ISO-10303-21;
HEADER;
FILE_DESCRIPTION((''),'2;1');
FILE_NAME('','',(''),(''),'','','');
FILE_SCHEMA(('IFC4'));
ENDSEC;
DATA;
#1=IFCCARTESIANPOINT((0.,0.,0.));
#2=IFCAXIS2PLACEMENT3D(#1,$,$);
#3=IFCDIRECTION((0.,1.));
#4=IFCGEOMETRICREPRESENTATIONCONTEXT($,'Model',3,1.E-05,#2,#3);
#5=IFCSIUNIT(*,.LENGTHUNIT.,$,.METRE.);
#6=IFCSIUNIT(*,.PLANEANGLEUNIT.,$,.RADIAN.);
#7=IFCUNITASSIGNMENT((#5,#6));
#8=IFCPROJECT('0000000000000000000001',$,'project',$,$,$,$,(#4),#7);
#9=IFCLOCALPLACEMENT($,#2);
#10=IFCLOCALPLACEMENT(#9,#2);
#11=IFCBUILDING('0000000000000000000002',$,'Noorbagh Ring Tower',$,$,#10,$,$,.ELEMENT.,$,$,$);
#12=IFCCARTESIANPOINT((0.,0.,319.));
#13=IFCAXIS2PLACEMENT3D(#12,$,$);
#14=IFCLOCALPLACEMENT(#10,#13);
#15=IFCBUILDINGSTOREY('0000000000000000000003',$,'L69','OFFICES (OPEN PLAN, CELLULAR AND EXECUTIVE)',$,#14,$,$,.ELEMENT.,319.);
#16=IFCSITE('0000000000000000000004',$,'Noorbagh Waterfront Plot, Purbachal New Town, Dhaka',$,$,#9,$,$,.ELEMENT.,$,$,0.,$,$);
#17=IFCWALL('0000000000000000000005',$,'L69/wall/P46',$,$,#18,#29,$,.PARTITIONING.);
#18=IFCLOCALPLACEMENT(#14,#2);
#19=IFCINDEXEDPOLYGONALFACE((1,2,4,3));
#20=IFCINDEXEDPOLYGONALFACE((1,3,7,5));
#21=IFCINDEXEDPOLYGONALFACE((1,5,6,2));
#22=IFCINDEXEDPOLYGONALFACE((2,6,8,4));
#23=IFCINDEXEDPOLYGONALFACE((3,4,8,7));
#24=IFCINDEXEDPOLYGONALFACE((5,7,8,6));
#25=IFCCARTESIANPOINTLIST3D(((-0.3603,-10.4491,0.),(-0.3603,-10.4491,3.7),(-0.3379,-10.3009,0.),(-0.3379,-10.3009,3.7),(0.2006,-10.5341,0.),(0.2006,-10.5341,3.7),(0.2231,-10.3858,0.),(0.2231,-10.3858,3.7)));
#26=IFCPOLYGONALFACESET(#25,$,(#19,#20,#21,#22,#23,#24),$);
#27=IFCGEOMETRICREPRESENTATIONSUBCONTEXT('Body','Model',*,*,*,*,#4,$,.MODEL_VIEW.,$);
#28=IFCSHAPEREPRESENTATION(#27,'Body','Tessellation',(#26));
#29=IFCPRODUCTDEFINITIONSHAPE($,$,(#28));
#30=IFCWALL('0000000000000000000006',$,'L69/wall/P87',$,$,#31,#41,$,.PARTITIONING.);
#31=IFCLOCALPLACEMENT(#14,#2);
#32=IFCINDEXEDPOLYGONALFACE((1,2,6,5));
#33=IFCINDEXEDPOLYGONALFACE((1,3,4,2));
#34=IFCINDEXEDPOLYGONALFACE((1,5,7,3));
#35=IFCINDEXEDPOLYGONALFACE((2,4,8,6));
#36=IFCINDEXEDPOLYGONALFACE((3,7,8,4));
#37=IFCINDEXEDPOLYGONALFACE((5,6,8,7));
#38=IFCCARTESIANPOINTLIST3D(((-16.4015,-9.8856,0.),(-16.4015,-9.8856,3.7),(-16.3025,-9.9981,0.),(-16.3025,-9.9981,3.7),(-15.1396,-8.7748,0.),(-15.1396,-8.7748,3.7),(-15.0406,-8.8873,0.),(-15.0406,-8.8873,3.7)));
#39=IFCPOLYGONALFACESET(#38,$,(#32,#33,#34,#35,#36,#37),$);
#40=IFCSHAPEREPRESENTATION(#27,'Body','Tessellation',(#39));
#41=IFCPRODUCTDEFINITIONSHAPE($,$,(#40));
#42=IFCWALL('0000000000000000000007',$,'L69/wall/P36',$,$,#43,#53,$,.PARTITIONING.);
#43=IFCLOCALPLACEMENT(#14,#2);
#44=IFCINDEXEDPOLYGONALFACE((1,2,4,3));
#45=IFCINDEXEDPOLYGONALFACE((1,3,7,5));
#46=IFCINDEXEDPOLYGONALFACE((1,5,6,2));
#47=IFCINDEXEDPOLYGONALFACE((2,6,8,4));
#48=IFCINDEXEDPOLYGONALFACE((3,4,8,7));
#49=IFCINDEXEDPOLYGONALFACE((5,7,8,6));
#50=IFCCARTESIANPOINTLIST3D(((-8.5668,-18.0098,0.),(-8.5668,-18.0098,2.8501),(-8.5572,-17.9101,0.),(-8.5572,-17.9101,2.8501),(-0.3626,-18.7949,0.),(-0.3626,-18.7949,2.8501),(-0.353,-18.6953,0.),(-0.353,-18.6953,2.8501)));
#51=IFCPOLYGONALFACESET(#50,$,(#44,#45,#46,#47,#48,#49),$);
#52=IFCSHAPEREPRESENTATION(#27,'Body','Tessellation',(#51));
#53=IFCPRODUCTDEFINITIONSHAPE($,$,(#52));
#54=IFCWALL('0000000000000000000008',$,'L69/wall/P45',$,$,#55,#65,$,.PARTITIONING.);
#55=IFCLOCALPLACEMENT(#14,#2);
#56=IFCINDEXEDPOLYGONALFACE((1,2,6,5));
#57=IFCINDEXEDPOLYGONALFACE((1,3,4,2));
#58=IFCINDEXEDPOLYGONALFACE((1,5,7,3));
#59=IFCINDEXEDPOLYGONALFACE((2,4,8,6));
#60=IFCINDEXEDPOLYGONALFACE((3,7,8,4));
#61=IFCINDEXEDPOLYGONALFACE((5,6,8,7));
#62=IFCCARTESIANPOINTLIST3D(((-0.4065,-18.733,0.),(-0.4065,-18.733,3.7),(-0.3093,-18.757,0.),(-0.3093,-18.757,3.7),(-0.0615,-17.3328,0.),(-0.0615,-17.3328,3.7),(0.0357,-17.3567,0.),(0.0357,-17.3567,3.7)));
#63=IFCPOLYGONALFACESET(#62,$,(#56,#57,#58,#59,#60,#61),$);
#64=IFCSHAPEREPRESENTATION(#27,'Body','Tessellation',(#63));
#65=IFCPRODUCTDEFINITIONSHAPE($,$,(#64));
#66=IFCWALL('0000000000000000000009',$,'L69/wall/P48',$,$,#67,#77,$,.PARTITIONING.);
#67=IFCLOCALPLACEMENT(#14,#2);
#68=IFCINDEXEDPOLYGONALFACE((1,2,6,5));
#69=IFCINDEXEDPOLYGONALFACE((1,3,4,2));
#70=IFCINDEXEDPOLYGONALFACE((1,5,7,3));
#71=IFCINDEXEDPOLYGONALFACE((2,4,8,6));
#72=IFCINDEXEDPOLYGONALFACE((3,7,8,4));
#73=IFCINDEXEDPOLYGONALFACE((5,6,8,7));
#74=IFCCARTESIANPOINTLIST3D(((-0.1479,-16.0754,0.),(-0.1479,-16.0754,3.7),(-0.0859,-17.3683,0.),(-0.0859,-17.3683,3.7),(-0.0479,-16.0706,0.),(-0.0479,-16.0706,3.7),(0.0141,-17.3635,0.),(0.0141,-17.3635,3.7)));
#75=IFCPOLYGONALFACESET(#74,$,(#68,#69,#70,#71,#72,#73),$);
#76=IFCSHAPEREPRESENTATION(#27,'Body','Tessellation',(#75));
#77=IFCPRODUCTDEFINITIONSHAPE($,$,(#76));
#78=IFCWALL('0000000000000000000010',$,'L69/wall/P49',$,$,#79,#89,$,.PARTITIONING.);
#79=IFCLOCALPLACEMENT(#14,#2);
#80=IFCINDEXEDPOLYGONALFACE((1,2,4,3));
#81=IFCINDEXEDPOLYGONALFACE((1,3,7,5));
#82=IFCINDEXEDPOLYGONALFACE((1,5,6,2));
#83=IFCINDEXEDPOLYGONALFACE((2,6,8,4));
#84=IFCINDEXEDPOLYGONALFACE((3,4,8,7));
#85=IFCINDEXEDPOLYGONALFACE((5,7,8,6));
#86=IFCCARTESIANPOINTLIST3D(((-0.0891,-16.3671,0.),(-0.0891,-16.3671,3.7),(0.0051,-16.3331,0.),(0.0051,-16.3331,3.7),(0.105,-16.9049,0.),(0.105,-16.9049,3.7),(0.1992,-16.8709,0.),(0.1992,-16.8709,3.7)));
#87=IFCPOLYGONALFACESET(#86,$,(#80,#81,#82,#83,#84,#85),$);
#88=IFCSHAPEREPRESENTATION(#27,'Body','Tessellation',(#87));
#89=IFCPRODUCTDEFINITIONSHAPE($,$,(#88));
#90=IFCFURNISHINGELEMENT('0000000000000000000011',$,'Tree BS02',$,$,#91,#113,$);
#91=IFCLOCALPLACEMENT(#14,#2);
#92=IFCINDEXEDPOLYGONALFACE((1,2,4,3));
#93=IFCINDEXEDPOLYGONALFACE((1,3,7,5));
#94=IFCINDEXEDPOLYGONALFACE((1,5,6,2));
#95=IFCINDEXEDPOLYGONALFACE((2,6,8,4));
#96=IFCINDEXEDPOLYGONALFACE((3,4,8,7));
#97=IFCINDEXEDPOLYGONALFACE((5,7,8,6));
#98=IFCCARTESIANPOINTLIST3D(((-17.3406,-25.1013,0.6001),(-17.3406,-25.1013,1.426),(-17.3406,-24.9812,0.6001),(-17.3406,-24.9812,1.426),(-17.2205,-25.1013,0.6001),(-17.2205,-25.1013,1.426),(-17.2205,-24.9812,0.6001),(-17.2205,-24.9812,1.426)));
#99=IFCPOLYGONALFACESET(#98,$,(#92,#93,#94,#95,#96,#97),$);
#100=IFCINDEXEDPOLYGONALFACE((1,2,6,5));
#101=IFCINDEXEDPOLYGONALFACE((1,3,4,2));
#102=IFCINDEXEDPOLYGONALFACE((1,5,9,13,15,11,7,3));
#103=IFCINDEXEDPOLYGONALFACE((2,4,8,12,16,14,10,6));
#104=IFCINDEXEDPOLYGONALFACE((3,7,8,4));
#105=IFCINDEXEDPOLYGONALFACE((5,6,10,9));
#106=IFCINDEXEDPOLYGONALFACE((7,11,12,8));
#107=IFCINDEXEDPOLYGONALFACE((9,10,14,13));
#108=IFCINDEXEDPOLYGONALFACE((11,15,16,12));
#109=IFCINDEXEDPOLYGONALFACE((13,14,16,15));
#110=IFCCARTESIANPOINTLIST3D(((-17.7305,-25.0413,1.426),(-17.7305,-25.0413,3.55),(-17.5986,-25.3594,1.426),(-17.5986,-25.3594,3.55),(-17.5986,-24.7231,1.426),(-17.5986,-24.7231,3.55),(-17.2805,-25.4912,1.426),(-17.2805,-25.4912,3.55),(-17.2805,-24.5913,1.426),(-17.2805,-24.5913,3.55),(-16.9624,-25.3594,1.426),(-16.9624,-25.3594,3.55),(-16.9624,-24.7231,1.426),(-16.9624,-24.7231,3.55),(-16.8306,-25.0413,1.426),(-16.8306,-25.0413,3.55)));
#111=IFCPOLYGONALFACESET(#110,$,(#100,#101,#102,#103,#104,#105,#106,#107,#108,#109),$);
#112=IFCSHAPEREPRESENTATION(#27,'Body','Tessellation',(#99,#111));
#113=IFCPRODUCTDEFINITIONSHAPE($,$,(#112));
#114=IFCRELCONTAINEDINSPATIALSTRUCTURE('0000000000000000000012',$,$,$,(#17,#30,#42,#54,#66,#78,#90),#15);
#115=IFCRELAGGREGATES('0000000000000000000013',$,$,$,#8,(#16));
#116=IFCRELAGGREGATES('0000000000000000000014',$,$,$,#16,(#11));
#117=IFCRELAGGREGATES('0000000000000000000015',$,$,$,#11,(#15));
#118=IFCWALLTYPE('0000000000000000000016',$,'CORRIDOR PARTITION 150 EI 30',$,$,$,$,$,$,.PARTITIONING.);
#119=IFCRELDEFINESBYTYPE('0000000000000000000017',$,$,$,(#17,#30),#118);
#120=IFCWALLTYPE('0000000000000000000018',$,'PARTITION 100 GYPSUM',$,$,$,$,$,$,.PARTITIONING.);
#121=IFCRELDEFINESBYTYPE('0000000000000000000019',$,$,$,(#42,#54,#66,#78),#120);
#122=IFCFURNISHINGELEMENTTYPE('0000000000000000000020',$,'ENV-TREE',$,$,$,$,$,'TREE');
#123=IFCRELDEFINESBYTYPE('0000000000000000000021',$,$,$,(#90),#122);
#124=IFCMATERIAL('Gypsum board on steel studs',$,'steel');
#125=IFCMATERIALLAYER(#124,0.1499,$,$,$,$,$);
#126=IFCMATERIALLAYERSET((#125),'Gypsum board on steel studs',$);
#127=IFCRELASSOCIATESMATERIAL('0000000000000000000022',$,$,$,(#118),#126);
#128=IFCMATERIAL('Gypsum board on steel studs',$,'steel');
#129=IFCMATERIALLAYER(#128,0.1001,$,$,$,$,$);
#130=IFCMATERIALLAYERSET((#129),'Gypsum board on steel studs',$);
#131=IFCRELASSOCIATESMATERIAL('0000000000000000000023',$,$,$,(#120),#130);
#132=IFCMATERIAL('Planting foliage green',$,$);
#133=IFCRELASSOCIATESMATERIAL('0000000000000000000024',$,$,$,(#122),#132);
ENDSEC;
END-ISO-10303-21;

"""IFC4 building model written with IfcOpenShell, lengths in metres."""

from ifc_helpers import new_model, si_unit, direction, frame, frame_2d, origin, origin_2d, place, context, subcontext, project, spatial, polyline, rectangle, outline, extrude, material, layer, layer_set, type_object, element, save


model = new_model("IFC4")

# Units and contexts
model_context = context("Model", 3, precision=1e-05, world=origin(), true_north=direction((0.0, 1.0)))
body_context = subcontext(model_context, "Body", "Model", "MODEL_VIEW")
ifc_project = project(units=[si_unit("LENGTHUNIT", "METRE"), si_unit("PLANEANGLEUNIT", "RADIAN")], contexts=[model_context])

# Site, building, storey
site_placement = place(None, origin())
site = spatial("IfcSite", under=ifc_project, at=site_placement, Name="Noorbagh Waterfront Plot, Purbachal New Town, Dhaka", CompositionType="ELEMENT", RefElevation=0.0)
building_placement = place(site_placement, origin())
building = spatial("IfcBuilding", under=site, at=building_placement, Name="Noorbagh Ring Tower", CompositionType="ELEMENT")
storey_placement = place(building_placement, frame((0.0, 0.0, 319.0)))
storey = spatial("IfcBuildingStorey", under=building, at=storey_placement, Name="L69", Description="OFFICES (OPEN PLAN, CELLULAR AND EXECUTIVE)", CompositionType="ELEMENT", Elevation=319.0)

# Shared definitions
ifc_material_1 = material(Name="Gypsum board on steel studs", Category="steel")
ifc_layer_1 = layer(ifc_material_1, 0.1499)
ifc_layer_set_1 = layer_set([ifc_layer_1], Name="Gypsum board on steel studs")
wall_type_1 = type_object("IfcWallType", Name="CORRIDOR PARTITION 150 EI 30", PredefinedType="PARTITIONING", material=ifc_layer_set_1)

# Walls
wall_1_placement = place(storey_placement, frame((-0.3491, -10.375, 0.0), z_axis=(0.0, 0.0, 1.0), x_axis=(0.988727, -0.149729, 0.0)))
element("IfcWall", 1, at=wall_1_placement, inside=storey, type_object=wall_type_1, Name="L69/wall/P46", PredefinedType="PARTITIONING", context=body_context, shape_type="SweptSolid", body=[
    extrude(rectangle(XDim=0.5674, YDim=0.1499, at=frame_2d((0.2837, 0.0))), origin(), (0.0, 0.0, 1.0), 3.7),
])
wall_2_placement = place(storey_placement, frame((-15.0901, -8.8311, 0.0), z_axis=(0.0, 0.0, 1.0), x_axis=(-0.750621, -0.660733, 0.0)))
element("IfcWall", 2, at=wall_2_placement, inside=storey, type_object=wall_type_1, Name="L69/wall/P87", PredefinedType="PARTITIONING", context=body_context, shape_type="SweptSolid", body=[
    extrude(rectangle(XDim=1.6812, YDim=0.1499, at=frame_2d((0.8406, 0.0))), origin(), (0.0, 0.0, 1.0), 3.7),
])
ifc_material_2 = material(Name="Gypsum board on steel studs", Category="steel")
ifc_layer_2 = layer(ifc_material_2, 0.1001)
ifc_layer_set_2 = layer_set([ifc_layer_2], Name="Gypsum board on steel studs")
wall_type_2 = type_object("IfcWallType", Name="PARTITION 100 GYPSUM", PredefinedType="PARTITIONING", material=ifc_layer_set_2)
wall_3_placement = place(storey_placement, frame((-8.562, -17.96, 0.0), z_axis=(0.0, 0.0, 1.0), x_axis=(0.995452, -0.095268, 0.0)))
element("IfcWall", 3, at=wall_3_placement, inside=storey, type_object=wall_type_2, Name="L69/wall/P36", PredefinedType="PARTITIONING", context=body_context, shape_type="SweptSolid", body=[
    extrude(rectangle(XDim=8.2417, YDim=0.1001, at=frame_2d((4.1208, 0.0))), origin(), (0.0, 0.0, 1.0), 2.8501),
])
wall_4_placement = place(storey_placement, frame((-0.3579, -18.7451, 0.0), z_axis=(0.0, 0.0, 1.0), x_axis=(0.239228, 0.970963, 0.0)))
element("IfcWall", 4, at=wall_4_placement, inside=storey, type_object=wall_type_2, Name="L69/wall/P45", PredefinedType="PARTITIONING", context=body_context, shape_type="SweptSolid", body=[
    extrude(rectangle(XDim=1.4421, YDim=0.1001, at=frame_2d((0.7212, 0.0))), origin(), (0.0, 0.0, 1.0), 3.7),
])
wall_5_placement = place(storey_placement, frame((-0.0979, -16.073, 0.0), z_axis=(0.0, 0.0, 1.0), x_axis=(0.047906, -0.998852, 0.0)))
element("IfcWall", 5, at=wall_5_placement, inside=storey, type_object=wall_type_2, Name="L69/wall/P48", PredefinedType="PARTITIONING", context=body_context, shape_type="SweptSolid", body=[
    extrude(rectangle(XDim=1.2944, YDim=0.1001, at=frame_2d((0.6472, 0.0))), origin(), (0.0, 0.0, 1.0), 3.7),
])
wall_6_placement = place(storey_placement, frame((-0.042, -16.3501, 0.0), z_axis=(0.0, 0.0, 1.0), x_axis=(0.339445, -0.940626, 0.0)))
element("IfcWall", 6, at=wall_6_placement, inside=storey, type_object=wall_type_2, Name="L69/wall/P49", PredefinedType="PARTITIONING", context=body_context, shape_type="SweptSolid", body=[
    extrude(rectangle(XDim=0.5718, YDim=0.1001, at=frame_2d((0.2859, 0.0))), origin(), (0.0, 0.0, 1.0), 3.7),
])

# Furnishing element
ifc_material_3 = material(Name="Planting foliage green")
furnishing_element_type = type_object("IfcFurnishingElementType", Name="ENV-TREE", ElementType="TREE", material=ifc_material_3)
furnishing_placement = place(storey_placement, frame((-17.2805, -25.0413, 0.6001), z_axis=(0.0, 0.0, 1.0), x_axis=(1.0, 0.0, 0.0)))
element("IfcFurnishingElement", 7, at=furnishing_placement, inside=storey, type_object=furnishing_element_type, Name="Tree BS02", context=body_context, shape_type="SweptSolid", body=[
    extrude(rectangle(XDim=0.1201, YDim=0.1201, at=origin_2d()), origin(), (0.0, 0.0, 1.0), 0.8259),
    extrude(outline(polyline([(0.45, 0.0), (0.3181, 0.3181), (0.0, 0.45), (-0.3181, 0.3181), (-0.45, 0.0), (-0.3181, -0.3181), (0.0, -0.45), (0.3181, -0.3181), (0.45, 0.0)])), frame((0.0, 0.0, 0.8259)), (0.0, 0.0, 1.0), 2.124),
])

save(model, "model.ifc")
